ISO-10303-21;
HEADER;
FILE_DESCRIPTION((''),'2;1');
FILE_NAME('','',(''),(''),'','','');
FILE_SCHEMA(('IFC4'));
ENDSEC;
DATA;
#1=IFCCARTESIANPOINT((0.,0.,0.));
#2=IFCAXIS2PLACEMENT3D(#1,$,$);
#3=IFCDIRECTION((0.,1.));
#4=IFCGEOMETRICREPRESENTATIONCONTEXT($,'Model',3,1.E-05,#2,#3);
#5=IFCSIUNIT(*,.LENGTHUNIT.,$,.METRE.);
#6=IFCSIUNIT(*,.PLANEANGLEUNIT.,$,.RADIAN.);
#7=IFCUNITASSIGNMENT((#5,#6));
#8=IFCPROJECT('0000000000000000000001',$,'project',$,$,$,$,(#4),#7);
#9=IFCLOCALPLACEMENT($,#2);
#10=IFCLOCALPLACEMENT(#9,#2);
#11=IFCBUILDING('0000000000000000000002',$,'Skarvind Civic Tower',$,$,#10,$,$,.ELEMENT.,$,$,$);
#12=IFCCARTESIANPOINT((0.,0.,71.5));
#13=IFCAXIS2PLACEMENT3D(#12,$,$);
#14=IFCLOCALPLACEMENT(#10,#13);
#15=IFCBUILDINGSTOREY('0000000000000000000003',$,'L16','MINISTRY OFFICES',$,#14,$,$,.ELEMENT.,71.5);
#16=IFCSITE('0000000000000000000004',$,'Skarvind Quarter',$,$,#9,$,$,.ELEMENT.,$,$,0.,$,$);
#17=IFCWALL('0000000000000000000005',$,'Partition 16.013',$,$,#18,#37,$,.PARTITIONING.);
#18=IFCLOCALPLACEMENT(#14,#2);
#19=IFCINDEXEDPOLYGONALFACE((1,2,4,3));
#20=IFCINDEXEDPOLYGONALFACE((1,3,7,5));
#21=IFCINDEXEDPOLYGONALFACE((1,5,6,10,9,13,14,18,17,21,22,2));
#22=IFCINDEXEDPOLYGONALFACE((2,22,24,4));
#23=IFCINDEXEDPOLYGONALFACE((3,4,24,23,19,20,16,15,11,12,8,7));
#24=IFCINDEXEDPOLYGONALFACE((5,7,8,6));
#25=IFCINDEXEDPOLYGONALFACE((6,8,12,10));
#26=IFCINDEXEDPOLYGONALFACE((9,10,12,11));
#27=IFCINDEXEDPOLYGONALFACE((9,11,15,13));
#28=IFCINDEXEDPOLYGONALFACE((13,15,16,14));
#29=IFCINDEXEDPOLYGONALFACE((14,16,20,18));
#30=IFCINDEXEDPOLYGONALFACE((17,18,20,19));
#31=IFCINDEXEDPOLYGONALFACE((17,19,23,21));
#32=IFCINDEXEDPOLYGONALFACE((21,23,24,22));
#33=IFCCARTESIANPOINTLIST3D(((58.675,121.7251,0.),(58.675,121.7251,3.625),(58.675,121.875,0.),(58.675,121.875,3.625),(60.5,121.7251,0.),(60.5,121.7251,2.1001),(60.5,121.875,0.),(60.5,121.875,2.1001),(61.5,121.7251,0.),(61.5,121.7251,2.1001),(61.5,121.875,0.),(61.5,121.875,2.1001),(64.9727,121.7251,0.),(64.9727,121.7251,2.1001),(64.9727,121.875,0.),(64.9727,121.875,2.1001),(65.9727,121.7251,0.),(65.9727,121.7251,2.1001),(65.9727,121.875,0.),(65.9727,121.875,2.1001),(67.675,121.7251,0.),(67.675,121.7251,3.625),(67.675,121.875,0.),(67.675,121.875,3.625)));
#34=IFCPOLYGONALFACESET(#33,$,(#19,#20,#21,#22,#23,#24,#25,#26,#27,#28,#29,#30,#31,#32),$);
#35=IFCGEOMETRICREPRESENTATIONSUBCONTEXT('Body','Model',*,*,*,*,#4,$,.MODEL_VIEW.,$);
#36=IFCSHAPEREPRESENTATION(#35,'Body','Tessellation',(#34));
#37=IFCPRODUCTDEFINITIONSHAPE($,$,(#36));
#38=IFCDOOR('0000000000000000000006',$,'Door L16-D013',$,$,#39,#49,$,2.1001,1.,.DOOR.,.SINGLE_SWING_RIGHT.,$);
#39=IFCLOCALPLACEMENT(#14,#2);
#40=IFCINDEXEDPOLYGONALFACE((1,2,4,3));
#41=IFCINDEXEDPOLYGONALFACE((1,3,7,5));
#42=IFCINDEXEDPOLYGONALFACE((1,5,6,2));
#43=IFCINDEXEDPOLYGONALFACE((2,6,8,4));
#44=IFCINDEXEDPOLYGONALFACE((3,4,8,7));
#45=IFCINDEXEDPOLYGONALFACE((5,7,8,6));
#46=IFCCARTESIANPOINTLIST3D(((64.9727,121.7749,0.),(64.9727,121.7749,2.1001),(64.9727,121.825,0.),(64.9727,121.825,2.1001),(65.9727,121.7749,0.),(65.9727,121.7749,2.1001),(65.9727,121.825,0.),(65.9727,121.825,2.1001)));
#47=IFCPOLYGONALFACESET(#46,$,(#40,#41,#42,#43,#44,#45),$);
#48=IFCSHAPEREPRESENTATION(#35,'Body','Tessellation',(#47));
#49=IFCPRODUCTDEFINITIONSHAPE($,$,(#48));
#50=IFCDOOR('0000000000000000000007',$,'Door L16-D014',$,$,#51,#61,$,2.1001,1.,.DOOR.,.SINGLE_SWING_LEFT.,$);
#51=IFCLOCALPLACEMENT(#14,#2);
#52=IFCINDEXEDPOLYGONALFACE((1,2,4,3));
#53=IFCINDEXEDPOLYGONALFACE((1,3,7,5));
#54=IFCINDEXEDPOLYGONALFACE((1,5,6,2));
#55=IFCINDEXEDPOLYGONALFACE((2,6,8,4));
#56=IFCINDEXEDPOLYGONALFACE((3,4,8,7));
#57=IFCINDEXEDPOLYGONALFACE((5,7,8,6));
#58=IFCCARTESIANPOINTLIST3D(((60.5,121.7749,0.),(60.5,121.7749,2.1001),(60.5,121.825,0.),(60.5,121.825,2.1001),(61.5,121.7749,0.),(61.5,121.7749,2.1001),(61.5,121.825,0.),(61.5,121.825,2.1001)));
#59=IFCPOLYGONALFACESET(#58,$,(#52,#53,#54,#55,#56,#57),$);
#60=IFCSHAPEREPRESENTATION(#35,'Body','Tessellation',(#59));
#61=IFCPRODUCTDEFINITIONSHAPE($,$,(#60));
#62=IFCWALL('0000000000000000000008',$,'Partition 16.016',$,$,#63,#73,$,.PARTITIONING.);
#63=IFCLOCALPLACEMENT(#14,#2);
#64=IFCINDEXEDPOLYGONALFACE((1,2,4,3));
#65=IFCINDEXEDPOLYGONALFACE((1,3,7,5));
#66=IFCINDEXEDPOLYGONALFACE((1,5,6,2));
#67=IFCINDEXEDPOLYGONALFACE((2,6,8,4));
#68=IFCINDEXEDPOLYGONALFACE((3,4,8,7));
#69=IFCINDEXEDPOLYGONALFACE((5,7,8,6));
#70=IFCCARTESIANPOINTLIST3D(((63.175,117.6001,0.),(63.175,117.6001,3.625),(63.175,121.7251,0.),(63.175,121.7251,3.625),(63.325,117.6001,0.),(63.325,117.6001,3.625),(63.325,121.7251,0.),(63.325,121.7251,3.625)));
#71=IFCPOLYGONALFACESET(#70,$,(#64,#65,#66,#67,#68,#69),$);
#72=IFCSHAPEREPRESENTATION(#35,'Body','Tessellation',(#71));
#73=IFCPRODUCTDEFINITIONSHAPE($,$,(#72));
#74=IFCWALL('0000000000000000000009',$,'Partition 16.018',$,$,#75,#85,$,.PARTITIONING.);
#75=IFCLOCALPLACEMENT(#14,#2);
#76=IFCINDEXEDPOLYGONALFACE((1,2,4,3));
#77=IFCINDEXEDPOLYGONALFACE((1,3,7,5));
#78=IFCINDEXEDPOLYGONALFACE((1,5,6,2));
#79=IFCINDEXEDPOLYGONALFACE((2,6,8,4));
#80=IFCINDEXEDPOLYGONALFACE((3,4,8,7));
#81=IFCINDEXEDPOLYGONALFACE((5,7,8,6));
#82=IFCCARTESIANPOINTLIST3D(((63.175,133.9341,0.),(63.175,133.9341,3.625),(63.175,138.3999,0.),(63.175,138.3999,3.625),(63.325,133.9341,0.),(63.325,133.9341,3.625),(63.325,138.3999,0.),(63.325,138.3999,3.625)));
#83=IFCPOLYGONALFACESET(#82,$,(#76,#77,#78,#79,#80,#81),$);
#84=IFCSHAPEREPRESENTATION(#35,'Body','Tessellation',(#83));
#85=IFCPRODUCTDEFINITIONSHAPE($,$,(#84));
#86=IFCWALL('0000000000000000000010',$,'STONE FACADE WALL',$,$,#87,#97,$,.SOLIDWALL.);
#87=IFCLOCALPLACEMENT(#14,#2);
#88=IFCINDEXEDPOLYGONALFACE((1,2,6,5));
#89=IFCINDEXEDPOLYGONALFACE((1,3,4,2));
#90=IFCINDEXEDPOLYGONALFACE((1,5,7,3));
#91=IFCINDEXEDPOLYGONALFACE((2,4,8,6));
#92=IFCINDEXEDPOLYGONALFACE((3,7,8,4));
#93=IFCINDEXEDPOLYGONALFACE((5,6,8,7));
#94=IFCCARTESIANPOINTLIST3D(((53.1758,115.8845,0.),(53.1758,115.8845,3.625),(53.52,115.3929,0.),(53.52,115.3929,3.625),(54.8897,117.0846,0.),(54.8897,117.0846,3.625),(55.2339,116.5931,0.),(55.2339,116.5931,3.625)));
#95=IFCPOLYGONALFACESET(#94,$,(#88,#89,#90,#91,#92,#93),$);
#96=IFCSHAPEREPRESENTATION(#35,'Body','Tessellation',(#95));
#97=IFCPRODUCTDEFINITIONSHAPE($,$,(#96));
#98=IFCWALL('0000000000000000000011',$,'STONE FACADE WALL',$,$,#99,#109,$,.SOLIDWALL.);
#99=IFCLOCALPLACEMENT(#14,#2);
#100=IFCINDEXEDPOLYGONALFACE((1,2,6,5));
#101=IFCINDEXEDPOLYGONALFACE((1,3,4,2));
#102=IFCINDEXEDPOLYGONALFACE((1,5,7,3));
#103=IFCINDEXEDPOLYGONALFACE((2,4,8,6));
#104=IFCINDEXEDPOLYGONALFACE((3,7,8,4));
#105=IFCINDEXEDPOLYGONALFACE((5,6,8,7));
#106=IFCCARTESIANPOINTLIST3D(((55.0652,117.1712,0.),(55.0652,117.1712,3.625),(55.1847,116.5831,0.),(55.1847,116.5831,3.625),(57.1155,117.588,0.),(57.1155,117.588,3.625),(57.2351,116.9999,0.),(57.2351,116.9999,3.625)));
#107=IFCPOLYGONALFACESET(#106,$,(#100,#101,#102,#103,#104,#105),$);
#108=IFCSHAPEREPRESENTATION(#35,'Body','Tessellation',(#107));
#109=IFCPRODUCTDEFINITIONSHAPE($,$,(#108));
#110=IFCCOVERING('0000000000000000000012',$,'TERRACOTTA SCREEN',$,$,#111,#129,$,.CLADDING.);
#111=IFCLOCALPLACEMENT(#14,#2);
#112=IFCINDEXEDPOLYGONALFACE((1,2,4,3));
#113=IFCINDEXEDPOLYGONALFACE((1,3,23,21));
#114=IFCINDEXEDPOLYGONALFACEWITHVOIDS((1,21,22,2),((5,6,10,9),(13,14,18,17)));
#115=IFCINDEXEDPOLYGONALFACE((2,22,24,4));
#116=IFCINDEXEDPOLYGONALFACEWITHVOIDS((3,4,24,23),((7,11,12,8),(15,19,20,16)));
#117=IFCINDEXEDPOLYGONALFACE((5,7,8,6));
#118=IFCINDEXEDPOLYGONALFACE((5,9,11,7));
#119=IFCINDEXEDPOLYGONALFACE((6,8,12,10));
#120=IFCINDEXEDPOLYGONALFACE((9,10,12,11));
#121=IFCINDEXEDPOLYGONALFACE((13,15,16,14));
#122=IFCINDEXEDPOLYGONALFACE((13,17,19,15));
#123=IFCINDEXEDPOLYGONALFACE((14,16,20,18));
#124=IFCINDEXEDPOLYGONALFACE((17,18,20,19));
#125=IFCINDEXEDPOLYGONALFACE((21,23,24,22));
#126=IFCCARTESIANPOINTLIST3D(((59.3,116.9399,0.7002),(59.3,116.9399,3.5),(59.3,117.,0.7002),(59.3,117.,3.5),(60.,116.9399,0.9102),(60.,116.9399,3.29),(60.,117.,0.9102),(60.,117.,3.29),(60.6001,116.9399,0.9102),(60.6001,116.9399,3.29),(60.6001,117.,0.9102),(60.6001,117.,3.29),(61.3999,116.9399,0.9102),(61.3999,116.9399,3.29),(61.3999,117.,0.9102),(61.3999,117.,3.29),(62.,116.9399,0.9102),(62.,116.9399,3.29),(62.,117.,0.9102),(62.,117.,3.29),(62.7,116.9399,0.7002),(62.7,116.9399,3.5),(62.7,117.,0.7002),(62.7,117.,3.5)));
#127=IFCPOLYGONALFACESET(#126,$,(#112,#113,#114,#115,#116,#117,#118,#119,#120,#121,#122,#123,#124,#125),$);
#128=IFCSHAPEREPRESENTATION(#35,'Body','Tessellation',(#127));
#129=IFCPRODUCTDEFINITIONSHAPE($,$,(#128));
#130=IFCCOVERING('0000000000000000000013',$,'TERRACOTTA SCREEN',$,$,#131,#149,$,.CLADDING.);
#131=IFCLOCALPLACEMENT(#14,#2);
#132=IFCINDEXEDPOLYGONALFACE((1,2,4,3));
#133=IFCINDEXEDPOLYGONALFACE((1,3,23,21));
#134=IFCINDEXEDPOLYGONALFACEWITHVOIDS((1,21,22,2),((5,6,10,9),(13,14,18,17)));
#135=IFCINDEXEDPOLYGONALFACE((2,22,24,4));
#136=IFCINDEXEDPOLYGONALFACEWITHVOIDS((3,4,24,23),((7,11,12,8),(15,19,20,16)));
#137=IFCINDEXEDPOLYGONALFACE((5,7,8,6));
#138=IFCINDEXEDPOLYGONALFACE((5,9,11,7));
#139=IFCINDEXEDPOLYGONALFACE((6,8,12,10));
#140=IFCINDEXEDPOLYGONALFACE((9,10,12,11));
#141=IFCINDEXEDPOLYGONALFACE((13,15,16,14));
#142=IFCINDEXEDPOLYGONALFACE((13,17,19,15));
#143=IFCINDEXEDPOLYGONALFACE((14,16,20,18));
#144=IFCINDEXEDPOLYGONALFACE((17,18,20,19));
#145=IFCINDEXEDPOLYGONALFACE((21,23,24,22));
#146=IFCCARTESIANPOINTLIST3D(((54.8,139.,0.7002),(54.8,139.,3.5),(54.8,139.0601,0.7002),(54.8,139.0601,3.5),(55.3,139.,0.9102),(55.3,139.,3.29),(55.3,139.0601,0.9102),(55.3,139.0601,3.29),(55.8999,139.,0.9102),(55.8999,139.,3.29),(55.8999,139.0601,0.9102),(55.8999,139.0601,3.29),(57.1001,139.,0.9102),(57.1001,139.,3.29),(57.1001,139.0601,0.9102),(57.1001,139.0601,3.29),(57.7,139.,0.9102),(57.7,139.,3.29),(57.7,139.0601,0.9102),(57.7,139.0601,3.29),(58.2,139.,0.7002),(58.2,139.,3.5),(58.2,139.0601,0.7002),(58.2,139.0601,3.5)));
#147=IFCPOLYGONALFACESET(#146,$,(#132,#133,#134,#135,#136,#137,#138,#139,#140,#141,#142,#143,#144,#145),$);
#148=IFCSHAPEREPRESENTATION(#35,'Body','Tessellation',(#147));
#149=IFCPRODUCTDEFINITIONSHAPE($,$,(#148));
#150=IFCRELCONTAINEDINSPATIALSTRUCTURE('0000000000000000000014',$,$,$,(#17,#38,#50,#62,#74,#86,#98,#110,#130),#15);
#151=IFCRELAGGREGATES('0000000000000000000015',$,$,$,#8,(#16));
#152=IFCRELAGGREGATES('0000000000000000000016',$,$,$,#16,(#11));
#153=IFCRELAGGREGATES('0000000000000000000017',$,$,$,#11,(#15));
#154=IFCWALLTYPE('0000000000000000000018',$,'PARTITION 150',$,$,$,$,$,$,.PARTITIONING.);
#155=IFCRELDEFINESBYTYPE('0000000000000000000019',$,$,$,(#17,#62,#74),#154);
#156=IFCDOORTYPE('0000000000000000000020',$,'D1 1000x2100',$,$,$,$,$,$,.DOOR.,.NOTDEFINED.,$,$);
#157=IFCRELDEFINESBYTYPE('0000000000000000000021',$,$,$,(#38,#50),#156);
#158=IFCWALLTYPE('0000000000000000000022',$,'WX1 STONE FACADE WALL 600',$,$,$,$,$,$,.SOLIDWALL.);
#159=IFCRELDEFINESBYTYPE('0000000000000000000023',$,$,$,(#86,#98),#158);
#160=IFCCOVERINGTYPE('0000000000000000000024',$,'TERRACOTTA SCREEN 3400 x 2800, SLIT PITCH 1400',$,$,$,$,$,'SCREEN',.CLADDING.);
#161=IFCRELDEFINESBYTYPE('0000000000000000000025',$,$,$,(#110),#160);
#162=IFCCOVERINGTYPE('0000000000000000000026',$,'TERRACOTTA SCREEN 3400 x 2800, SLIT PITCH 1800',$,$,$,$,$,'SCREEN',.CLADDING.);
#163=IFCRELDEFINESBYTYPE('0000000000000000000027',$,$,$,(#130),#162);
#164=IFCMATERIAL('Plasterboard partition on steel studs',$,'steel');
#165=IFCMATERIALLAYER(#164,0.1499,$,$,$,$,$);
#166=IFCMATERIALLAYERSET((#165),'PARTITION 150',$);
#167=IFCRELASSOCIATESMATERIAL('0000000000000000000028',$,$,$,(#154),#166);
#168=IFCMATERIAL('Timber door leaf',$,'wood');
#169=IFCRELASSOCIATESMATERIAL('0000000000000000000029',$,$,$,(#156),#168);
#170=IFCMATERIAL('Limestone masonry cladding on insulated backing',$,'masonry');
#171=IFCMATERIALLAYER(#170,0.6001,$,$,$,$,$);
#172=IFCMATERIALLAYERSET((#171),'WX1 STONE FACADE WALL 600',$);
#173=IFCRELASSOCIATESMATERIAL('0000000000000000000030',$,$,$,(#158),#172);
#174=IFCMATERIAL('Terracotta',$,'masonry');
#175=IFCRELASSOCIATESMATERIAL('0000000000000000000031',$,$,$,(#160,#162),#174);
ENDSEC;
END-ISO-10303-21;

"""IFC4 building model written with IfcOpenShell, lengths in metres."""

from ifc_helpers import new_model, si_unit, direction, frame, frame_2d, origin, place, context, subcontext, project, spatial, polyline, rectangle, outline, extrude, material, layer, layer_set, material_profile, profile_set, type_object, element, fill, save


model = new_model("IFC4")

# Units and contexts
model_context = context("Model", 3, precision=1e-05, world=origin(), true_north=direction((0.0, 1.0)))
body_context = subcontext(model_context, "Body", "Model", "MODEL_VIEW")
ifc_project = project(units=[si_unit("LENGTHUNIT", "METRE"), si_unit("PLANEANGLEUNIT", "RADIAN")], contexts=[model_context])

# Site, building, storey
site_placement = place(None, origin())
site = spatial("IfcSite", under=ifc_project, at=site_placement, Name="Skarvind Quarter", CompositionType="ELEMENT", RefElevation=0.0)
building_placement = place(site_placement, origin())
building = spatial("IfcBuilding", under=site, at=building_placement, Name="Skarvind Civic Tower", CompositionType="ELEMENT")
storey_placement = place(building_placement, frame((0.0, 0.0, 71.5)))
storey = spatial("IfcBuildingStorey", under=building, at=storey_placement, Name="L16", Description="MINISTRY OFFICES", CompositionType="ELEMENT", Elevation=71.5)

# Shared definitions
ifc_material_1 = material(Name="Plasterboard partition on steel studs", Category="steel")
ifc_layer_1 = layer(ifc_material_1, 0.1499)
ifc_layer_set_1 = layer_set([ifc_layer_1], Name="PARTITION 150")
wall_type_1 = type_object("IfcWallType", Name="PARTITION 150", PredefinedType="PARTITIONING", material=ifc_layer_set_1)

# Wall, openings, doors
wall_1_placement = place(storey_placement, frame((58.675, 121.8, 0.0), z_axis=(0.0, 0.0, 1.0), x_axis=(1.0, 0.0, 0.0)))
wall_1 = element("IfcWall", 1, at=wall_1_placement, inside=storey, type_object=wall_type_1, Name="Partition 16.013", PredefinedType="PARTITIONING", context=body_context, shape_type="SweptSolid", body=[
    extrude(rectangle(XDim=9.0, YDim=0.1499, at=frame_2d((4.5, 0.0))), origin(), (0.0, 0.0, 1.0), 3.625),
])
opening_1_placement = place(wall_1_placement, frame((6.2976, 0.0, 0.0)))
opening_1 = element("IfcOpeningElement", 2, at=opening_1_placement, cuts=wall_1, PredefinedType="OPENING", context=body_context, shape_type="SweptSolid", body=[
    extrude(rectangle(XDim=1.0, YDim=2.1001, at=frame_2d((0.5, 1.05))), frame((0.0, 0.085, 0.0), z_axis=(0.0, -1.0, 0.0), x_axis=(1.0, 0.0, 0.0)), (0.0, 0.0, 1.0), 0.1699),
])
opening_2_placement = place(wall_1_placement, frame((1.825, 0.0, 0.0)))
opening_2 = element("IfcOpeningElement", 3, at=opening_2_placement, cuts=wall_1, PredefinedType="OPENING", context=body_context, shape_type="SweptSolid", body=[
    extrude(rectangle(XDim=1.0, YDim=2.1001, at=frame_2d((0.5, 1.05))), frame((0.0, 0.085, 0.0), z_axis=(0.0, -1.0, 0.0), x_axis=(1.0, 0.0, 0.0)), (0.0, 0.0, 1.0), 0.1699),
])
ifc_material_2 = material(Name="Timber door leaf", Category="wood")
door_type = type_object("IfcDoorType", Name="D1 1000x2100", OperationType="NOTDEFINED", PredefinedType="DOOR", material=ifc_material_2)
door_1_placement = place(opening_1_placement, origin())
door_1 = element("IfcDoor", 4, at=door_1_placement, inside=storey, type_object=door_type, Name="Door L16-D013", OperationType="SINGLE_SWING_RIGHT", OverallHeight=2.1001, OverallWidth=1.0, PredefinedType="DOOR", context=body_context, shape_type="SweptSolid", body=[
    extrude(rectangle(XDim=1.0, YDim=2.1001, at=frame_2d((0.5, 1.05))), frame((0.0, 0.0249, 0.0), z_axis=(0.0, -1.0, 0.0), x_axis=(1.0, 0.0, 0.0)), (0.0, 0.0, 1.0), 0.05),
])
fill(opening_1, door_1)
door_2_placement = place(opening_2_placement, origin())
door_2 = element("IfcDoor", 5, at=door_2_placement, inside=storey, type_object=door_type, Name="Door L16-D014", OperationType="SINGLE_SWING_LEFT", OverallHeight=2.1001, OverallWidth=1.0, PredefinedType="DOOR", context=body_context, shape_type="SweptSolid", body=[
    extrude(rectangle(XDim=1.0, YDim=2.1001, at=frame_2d((0.5, 1.05))), frame((0.0, 0.0249, 0.0), z_axis=(0.0, -1.0, 0.0), x_axis=(1.0, 0.0, 0.0)), (0.0, 0.0, 1.0), 0.05),
])
fill(opening_2, door_2)

# Walls
wall_2_placement = place(storey_placement, frame((63.25, 117.6001, 0.0), z_axis=(0.0, 0.0, 1.0), x_axis=(0.0, 1.0, 0.0)))
element("IfcWall", 6, at=wall_2_placement, inside=storey, type_object=wall_type_1, Name="Partition 16.016", PredefinedType="PARTITIONING", context=body_context, shape_type="SweptSolid", body=[
    extrude(rectangle(XDim=4.125, YDim=0.1499, at=frame_2d((2.0625, 0.0))), origin(), (0.0, 0.0, 1.0), 3.625),
])
wall_3_placement = place(storey_placement, frame((63.25, 133.9341, 0.0), z_axis=(0.0, 0.0, 1.0), x_axis=(0.0, 1.0, 0.0)))
element("IfcWall", 7, at=wall_3_placement, inside=storey, type_object=wall_type_1, Name="Partition 16.018", PredefinedType="PARTITIONING", context=body_context, shape_type="SweptSolid", body=[
    extrude(rectangle(XDim=4.4658, YDim=0.1499, at=frame_2d((2.2329, 0.0))), origin(), (0.0, 0.0, 1.0), 3.625),
])
ifc_material_3 = material(Name="Limestone masonry cladding on insulated backing", Category="masonry")
ifc_layer_2 = layer(ifc_material_3, 0.6001)
ifc_layer_set_2 = layer_set([ifc_layer_2], Name="WX1 STONE FACADE WALL 600")
wall_type_2 = type_object("IfcWallType", Name="WX1 STONE FACADE WALL 600", PredefinedType="SOLIDWALL", material=ifc_layer_set_2)
for number, where, z_axis, x_axis, name in (
    (8, (55.0618, 116.8389, 0.0), (0.0, 0.0, 1.0), (-0.819122, -0.573619, 0.0), "STONE FACADE WALL"),
    (9, (57.1753, 117.2939, 0.0), (0.0, 0.0, 1.0), (-0.979961, -0.199189, 0.0), "STONE FACADE WALL"),
):
    element("IfcWall", number, at=place(storey_placement, frame(where, z_axis=z_axis, x_axis=x_axis)), inside=storey, type_object=wall_type_2, Name=name, PredefinedType="SOLIDWALL", context=body_context, shape_type="SweptSolid", body=[
        extrude(rectangle(XDim=2.0923, YDim=0.6001, at=frame_2d((1.0461, 0.0))), origin(), (0.0, 0.0, 1.0), 3.625),
    ])

# Coverings
ifc_material_4 = material(Name="Terracotta", Category="masonry")
ifc_material_profile_1 = material_profile(ifc_material_4, outline(polyline([(-1.7, -1.3999), (1.7, -1.3999), (1.7, 1.3999), (-1.7, 1.3999), (-1.7, -1.3999)]), holes=[polyline([(-1.0, -1.1899), (-0.3999, -1.1899), (-0.3999, 1.1899), (-1.0, 1.1899), (-1.0, -1.1899)]), polyline([(0.3999, -1.1899), (1.0, -1.1899), (1.0, 1.1899), (0.3999, 1.1899), (0.3999, -1.1899)])]), Name="TERRACOTTA SCREEN 3400 x 2800, SLIT PITCH 1400")
ifc_profile_set_1 = profile_set([ifc_material_profile_1], Name="Terracotta")
covering_type_1 = type_object("IfcCoveringType", Name="TERRACOTTA SCREEN 3400 x 2800, SLIT PITCH 1400", ElementType="SCREEN", PredefinedType="CLADDING", material=ifc_profile_set_1)
covering_1_placement = place(storey_placement, frame((61.0, 117.0, 2.1001), z_axis=(0.0, -1.0, 0.0), x_axis=(1.0, 0.0, 0.0)))
element("IfcCovering", 10, at=covering_1_placement, inside=storey, type_object=covering_type_1, Name="TERRACOTTA SCREEN", PredefinedType="CLADDING", context=body_context, shape_type="SweptSolid", body=[
    extrude(outline(polyline([(-1.7, -1.3999), (1.7, -1.3999), (1.7, 1.3999), (-1.7, 1.3999), (-1.7, -1.3999)]), holes=[polyline([(-1.0, -1.1899), (-0.3999, -1.1899), (-0.3999, 1.1899), (-1.0, 1.1899), (-1.0, -1.1899)]), polyline([(0.3999, -1.1899), (1.0, -1.1899), (1.0, 1.1899), (0.3999, 1.1899), (0.3999, -1.1899)])]), origin(), (0.0, 0.0, 1.0), 0.0601),
])
ifc_material_profile_2 = material_profile(ifc_material_4, outline(polyline([(-1.7, -1.3999), (1.7, -1.3999), (1.7, 1.3999), (-1.7, 1.3999), (-1.7, -1.3999)]), holes=[polyline([(-1.2, -1.1899), (-0.6001, -1.1899), (-0.6001, 1.1899), (-1.2, 1.1899), (-1.2, -1.1899)]), polyline([(0.6001, -1.1899), (1.2, -1.1899), (1.2, 1.1899), (0.6001, 1.1899), (0.6001, -1.1899)])]), Name="TERRACOTTA SCREEN 3400 x 2800, SLIT PITCH 1800")
ifc_profile_set_2 = profile_set([ifc_material_profile_2], Name="Terracotta")
covering_type_2 = type_object("IfcCoveringType", Name="TERRACOTTA SCREEN 3400 x 2800, SLIT PITCH 1800", ElementType="SCREEN", PredefinedType="CLADDING", material=ifc_profile_set_2)
covering_2_placement = place(storey_placement, frame((56.5, 139.0, 2.1001), z_axis=(0.0, 1.0, 0.0), x_axis=(-1.0, 0.0, 0.0)))
element("IfcCovering", 11, at=covering_2_placement, inside=storey, type_object=covering_type_2, Name="TERRACOTTA SCREEN", PredefinedType="CLADDING", context=body_context, shape_type="SweptSolid", body=[
    extrude(outline(polyline([(-1.7, -1.3999), (1.7, -1.3999), (1.7, 1.3999), (-1.7, 1.3999), (-1.7, -1.3999)]), holes=[polyline([(-1.2, -1.1899), (-0.6001, -1.1899), (-0.6001, 1.1899), (-1.2, 1.1899), (-1.2, -1.1899)]), polyline([(0.6001, -1.1899), (1.2, -1.1899), (1.2, 1.1899), (0.6001, 1.1899), (0.6001, -1.1899)])]), origin(), (0.0, 0.0, 1.0), 0.0601),
])

save(model, "model.ifc")
